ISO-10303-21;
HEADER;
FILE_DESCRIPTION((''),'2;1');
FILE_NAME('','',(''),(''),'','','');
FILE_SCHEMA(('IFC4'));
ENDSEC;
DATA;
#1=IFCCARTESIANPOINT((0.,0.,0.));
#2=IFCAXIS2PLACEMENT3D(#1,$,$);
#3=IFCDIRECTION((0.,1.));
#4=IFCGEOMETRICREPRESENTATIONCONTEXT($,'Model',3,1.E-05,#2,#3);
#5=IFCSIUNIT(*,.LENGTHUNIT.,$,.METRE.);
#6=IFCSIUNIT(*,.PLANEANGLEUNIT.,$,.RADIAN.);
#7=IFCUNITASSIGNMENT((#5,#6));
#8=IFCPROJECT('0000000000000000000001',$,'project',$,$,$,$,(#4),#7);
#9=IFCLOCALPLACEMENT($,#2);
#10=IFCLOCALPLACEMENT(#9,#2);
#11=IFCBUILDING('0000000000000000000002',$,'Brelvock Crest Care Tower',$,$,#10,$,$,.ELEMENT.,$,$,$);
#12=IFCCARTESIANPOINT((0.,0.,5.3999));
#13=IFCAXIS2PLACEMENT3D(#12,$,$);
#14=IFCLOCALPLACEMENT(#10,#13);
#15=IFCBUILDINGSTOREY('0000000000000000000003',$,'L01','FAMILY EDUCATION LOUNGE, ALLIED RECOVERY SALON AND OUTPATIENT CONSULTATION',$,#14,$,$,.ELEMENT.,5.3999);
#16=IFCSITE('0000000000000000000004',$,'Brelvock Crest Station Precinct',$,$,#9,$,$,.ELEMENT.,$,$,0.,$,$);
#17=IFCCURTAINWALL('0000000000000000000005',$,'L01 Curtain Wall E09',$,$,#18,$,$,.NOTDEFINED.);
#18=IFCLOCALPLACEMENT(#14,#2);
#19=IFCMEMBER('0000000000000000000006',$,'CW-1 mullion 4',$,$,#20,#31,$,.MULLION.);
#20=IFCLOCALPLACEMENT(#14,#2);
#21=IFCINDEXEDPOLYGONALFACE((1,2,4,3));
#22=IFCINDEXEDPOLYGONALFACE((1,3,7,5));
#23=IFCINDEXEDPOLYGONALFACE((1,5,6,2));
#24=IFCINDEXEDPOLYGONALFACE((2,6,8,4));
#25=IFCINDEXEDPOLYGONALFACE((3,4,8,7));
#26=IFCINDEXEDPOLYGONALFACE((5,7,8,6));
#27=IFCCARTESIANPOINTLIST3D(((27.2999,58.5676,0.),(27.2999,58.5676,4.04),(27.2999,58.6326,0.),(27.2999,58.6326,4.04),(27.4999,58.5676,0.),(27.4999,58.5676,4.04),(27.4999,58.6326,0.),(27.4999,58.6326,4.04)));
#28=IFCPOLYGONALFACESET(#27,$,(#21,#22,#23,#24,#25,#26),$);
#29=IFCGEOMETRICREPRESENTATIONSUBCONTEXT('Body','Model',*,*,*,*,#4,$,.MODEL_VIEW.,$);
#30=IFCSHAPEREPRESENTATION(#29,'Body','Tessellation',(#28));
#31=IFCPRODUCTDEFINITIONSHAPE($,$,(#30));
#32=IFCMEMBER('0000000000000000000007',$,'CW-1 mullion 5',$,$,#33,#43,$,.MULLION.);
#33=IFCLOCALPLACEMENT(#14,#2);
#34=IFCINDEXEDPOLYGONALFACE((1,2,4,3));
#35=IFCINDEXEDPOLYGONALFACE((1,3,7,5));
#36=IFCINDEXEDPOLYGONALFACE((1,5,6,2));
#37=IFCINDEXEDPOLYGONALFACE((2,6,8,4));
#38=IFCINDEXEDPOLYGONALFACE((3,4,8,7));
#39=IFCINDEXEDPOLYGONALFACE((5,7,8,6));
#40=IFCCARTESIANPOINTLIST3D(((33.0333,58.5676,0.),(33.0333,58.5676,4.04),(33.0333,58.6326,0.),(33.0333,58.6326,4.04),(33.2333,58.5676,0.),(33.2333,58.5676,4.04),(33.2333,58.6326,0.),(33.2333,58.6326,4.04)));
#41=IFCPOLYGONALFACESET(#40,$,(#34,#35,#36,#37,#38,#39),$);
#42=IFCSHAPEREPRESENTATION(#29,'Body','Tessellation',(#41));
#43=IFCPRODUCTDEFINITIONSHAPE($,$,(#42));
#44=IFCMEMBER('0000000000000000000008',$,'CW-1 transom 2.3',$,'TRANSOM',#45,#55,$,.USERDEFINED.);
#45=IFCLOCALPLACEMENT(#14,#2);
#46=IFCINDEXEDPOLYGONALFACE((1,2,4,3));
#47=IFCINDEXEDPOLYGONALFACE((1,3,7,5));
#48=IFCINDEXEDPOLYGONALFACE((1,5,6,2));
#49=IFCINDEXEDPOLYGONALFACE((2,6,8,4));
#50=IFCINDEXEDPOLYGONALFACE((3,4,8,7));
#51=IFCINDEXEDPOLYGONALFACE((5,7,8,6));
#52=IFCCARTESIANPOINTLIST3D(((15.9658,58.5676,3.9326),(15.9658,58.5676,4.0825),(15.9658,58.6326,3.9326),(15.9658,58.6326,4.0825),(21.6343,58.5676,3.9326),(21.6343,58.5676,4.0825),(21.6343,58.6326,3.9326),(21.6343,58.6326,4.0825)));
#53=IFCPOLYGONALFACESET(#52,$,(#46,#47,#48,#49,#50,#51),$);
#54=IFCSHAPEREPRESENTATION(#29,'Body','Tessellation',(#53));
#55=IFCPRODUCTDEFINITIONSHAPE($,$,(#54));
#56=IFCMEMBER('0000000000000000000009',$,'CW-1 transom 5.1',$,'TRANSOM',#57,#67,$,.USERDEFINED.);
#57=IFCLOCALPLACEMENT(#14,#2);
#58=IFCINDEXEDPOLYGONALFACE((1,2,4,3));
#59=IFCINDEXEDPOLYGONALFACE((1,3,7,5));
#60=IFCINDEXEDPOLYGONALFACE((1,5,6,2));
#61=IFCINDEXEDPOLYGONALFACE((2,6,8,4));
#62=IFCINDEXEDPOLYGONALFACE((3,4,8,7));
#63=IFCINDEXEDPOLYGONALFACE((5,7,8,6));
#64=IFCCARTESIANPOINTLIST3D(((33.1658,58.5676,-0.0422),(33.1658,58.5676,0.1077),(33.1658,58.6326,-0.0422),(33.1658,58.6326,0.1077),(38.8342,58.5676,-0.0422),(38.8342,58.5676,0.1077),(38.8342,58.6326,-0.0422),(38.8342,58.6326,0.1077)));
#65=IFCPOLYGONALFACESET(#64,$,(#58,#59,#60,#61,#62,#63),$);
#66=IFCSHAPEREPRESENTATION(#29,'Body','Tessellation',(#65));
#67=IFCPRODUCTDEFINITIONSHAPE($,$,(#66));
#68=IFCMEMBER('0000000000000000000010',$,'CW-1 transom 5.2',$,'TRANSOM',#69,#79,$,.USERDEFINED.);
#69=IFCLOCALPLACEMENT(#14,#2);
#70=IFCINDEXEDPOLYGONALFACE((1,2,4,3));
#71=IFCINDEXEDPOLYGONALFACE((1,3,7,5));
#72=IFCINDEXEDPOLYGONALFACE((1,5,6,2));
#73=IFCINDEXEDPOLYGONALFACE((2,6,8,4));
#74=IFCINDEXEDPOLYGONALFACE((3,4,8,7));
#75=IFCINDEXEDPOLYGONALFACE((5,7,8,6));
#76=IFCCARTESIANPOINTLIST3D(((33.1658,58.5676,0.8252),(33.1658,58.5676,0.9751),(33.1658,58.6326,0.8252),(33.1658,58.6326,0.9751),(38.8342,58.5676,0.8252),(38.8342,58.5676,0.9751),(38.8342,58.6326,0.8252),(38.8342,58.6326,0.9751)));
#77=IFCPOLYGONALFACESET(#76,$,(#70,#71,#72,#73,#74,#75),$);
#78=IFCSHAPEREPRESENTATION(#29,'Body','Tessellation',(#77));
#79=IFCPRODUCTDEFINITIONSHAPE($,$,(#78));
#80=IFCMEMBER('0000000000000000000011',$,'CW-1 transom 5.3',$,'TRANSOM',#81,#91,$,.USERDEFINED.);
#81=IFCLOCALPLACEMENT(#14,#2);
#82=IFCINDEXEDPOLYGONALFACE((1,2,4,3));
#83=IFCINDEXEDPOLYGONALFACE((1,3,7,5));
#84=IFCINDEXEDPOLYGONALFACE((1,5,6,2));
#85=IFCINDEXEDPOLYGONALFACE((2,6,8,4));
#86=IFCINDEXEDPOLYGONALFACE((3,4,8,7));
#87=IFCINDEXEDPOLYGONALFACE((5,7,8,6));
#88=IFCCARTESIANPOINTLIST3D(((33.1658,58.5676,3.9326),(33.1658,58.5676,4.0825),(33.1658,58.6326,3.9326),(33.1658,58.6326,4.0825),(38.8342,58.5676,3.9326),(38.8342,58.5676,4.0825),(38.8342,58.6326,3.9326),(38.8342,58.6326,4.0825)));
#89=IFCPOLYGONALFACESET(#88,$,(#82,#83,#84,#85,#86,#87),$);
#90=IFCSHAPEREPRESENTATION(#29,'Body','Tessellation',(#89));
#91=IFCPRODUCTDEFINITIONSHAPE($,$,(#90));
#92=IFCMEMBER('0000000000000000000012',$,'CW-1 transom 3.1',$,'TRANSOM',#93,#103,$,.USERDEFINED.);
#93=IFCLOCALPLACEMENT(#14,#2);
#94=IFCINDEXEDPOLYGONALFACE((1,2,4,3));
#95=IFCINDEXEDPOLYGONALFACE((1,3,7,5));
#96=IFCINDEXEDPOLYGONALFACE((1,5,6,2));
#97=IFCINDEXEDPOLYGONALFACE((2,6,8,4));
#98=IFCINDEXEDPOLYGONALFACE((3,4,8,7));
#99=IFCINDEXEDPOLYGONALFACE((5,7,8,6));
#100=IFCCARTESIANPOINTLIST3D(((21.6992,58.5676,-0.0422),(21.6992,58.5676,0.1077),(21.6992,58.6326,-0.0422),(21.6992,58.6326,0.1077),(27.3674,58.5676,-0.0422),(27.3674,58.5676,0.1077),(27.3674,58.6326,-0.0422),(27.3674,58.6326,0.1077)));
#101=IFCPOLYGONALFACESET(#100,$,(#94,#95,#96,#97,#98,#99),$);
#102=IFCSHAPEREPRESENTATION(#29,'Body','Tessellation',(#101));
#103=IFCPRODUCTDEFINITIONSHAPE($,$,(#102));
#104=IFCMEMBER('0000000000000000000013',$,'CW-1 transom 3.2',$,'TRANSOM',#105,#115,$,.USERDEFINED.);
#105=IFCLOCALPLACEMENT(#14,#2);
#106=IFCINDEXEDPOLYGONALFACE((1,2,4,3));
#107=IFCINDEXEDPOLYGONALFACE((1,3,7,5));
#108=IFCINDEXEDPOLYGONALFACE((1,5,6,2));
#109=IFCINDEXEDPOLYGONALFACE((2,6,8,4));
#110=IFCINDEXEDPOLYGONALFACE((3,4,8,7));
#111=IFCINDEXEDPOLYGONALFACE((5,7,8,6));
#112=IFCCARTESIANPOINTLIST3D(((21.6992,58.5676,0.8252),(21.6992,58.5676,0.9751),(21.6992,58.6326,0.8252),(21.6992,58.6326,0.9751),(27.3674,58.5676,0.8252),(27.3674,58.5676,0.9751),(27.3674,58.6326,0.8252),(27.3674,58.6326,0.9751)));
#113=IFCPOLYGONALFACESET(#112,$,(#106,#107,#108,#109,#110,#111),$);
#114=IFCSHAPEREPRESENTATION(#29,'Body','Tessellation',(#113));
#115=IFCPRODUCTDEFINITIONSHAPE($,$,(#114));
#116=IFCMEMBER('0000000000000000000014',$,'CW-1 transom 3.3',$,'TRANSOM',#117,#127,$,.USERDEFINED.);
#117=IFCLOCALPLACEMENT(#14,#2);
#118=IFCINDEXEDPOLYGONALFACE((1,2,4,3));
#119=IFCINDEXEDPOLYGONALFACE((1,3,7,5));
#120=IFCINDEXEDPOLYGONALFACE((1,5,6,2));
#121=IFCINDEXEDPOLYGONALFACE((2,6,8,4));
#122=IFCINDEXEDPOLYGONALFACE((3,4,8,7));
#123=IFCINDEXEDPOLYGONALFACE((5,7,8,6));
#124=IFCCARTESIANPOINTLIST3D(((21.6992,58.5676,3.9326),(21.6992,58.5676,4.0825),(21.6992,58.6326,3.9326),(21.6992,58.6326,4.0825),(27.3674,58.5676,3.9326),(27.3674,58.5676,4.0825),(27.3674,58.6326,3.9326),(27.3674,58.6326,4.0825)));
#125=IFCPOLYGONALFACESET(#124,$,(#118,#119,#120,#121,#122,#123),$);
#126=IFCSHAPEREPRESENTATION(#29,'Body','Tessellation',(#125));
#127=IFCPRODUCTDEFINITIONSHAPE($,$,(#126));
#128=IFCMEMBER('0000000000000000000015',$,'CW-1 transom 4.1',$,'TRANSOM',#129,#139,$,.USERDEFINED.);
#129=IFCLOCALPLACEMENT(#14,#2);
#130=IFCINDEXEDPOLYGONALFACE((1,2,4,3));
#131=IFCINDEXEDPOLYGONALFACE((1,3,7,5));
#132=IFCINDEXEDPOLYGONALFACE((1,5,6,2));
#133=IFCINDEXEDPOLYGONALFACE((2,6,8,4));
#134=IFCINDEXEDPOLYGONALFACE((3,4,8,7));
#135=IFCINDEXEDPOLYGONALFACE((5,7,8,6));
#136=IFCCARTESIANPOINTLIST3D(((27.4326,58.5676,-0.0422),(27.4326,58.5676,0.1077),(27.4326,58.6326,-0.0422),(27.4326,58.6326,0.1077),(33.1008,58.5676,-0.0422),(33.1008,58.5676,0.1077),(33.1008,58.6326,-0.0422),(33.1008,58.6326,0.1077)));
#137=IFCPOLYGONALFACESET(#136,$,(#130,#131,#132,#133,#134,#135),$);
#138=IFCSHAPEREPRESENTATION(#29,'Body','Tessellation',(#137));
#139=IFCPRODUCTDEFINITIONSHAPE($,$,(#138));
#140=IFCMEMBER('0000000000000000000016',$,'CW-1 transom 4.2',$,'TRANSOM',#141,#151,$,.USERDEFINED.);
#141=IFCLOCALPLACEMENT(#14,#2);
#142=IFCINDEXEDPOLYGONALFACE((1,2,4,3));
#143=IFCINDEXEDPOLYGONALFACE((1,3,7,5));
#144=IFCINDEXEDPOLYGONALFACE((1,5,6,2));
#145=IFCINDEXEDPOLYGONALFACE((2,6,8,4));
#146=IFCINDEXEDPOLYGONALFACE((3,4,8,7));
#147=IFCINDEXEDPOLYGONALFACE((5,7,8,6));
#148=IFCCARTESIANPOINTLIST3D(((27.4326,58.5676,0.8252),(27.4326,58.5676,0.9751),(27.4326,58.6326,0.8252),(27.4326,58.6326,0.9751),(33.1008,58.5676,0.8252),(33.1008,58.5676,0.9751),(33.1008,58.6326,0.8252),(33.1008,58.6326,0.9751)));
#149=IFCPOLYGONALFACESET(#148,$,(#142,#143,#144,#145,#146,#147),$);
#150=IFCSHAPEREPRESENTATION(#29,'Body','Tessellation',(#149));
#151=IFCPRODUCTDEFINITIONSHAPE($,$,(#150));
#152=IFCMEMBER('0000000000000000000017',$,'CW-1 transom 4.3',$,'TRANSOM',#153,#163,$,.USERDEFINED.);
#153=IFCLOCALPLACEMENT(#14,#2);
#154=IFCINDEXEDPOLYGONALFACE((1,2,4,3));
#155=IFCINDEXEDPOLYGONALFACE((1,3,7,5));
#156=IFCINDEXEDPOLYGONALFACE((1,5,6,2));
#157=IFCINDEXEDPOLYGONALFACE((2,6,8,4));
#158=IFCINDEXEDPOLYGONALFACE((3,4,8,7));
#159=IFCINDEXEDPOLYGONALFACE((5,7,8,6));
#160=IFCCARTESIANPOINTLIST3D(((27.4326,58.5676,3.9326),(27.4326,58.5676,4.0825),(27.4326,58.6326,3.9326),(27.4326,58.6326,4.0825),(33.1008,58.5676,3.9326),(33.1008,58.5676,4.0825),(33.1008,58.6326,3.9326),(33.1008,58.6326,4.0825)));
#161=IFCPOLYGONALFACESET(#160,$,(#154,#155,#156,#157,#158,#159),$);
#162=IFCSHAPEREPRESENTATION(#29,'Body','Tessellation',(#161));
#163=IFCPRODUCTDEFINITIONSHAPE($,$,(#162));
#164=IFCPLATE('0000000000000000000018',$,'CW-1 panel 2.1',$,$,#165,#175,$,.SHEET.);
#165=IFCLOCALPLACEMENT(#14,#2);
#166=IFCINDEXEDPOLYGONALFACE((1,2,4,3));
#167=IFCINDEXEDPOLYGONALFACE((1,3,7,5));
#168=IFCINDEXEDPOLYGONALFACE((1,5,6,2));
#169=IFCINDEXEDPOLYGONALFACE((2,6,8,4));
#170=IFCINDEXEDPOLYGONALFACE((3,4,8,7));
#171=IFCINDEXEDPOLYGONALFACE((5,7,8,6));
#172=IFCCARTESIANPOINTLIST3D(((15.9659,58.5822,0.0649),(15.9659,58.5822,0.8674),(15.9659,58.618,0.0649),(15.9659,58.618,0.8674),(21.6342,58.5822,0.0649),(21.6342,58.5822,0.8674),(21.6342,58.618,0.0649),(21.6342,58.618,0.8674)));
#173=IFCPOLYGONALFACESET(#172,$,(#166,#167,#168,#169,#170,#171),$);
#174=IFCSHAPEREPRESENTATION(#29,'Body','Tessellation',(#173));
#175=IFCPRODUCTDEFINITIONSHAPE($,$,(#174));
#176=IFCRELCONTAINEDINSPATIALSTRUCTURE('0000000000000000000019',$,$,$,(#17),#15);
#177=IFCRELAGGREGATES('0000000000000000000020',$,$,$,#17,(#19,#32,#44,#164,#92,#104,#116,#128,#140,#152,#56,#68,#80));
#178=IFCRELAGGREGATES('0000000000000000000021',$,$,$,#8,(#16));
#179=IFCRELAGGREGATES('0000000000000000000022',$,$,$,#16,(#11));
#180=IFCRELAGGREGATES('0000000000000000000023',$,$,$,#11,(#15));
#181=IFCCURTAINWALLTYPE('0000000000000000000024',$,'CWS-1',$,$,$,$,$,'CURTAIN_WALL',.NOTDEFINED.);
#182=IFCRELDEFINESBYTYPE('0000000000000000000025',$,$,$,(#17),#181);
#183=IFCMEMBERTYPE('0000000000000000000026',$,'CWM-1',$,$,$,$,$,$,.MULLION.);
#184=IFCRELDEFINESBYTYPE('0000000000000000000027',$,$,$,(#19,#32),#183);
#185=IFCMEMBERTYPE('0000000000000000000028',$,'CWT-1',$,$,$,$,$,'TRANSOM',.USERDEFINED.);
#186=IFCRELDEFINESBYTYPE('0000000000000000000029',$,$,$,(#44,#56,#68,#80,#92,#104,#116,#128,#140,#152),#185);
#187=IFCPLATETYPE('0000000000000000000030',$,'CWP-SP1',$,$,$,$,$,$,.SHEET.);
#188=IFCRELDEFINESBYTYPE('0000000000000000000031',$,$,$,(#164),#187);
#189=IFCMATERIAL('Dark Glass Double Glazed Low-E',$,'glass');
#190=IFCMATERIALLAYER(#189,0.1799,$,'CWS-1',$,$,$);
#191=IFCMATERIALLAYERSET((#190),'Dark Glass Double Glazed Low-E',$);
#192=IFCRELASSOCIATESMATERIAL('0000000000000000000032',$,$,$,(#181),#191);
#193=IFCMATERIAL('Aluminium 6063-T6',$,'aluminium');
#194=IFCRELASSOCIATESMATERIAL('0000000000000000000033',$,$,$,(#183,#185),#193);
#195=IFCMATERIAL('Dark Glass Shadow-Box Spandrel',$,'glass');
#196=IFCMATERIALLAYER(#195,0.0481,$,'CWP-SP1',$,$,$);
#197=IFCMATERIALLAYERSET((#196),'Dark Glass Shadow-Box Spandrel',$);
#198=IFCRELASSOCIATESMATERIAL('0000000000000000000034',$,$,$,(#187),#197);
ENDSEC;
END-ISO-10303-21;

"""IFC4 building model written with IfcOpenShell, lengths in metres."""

from ifc_helpers import new_model, si_unit, direction, frame, origin, origin_2d, place, context, subcontext, project, spatial, rectangle, extrude, source, transform, mapped, material, layer, layer_set, material_profile, profile_set, type_object, element, aggregate, save


model = new_model("IFC4")

# Units and contexts
model_context = context("Model", 3, precision=1e-05, world=origin(), true_north=direction((0.0, 1.0)))
body_context = subcontext(model_context, "Body", "Model", "MODEL_VIEW")
ifc_project = project(units=[si_unit("LENGTHUNIT", "METRE"), si_unit("PLANEANGLEUNIT", "RADIAN")], contexts=[model_context])

# Site, building, storey
site_placement = place(None, origin())
site = spatial("IfcSite", under=ifc_project, at=site_placement, Name="Brelvock Crest Station Precinct", CompositionType="ELEMENT", RefElevation=0.0)
building_placement = place(site_placement, origin())
building = spatial("IfcBuilding", under=site, at=building_placement, Name="Brelvock Crest Care Tower", CompositionType="ELEMENT")
storey_placement = place(building_placement, frame((0.0, 0.0, 5.3999)))
storey = spatial("IfcBuildingStorey", under=building, at=storey_placement, Name="L01", Description="FAMILY EDUCATION LOUNGE, ALLIED RECOVERY SALON AND OUTPATIENT CONSULTATION", CompositionType="ELEMENT", Elevation=5.3999)

# Curtain wall, members, plate
ifc_material_1 = material(Name="Dark Glass Double Glazed Low-E", Category="glass")
ifc_layer_1 = layer(ifc_material_1, 0.1799, Name="CWS-1")
ifc_layer_set_1 = layer_set([ifc_layer_1], Name="Dark Glass Double Glazed Low-E")
curtain_wall_type = type_object("IfcCurtainWallType", Name="CWS-1", ElementType="CURTAIN_WALL", PredefinedType="NOTDEFINED", material=ifc_layer_set_1)
curtain_wall_placement = place(storey_placement, origin())
curtain_wall = element("IfcCurtainWall", 1, at=curtain_wall_placement, inside=storey, type_object=curtain_wall_type, Name="L01 Curtain Wall E09", PredefinedType="NOTDEFINED")
ifc_material_2 = material(Name="Aluminium 6063-T6", Category="aluminium")
ifc_material_profile_1 = material_profile(ifc_material_2, rectangle(XDim=0.0649, YDim=0.2, at=origin_2d()), Name="ALU65x200")
ifc_profile_set_1 = profile_set([ifc_material_profile_1], Name="Aluminium 6063-T6")
member_type_1 = type_object("IfcMemberType", Name="CWM-1", PredefinedType="MULLION", material=ifc_profile_set_1)
shared_shape_1 = source(origin(), body_context, "Body", "SweptSolid", [
    extrude(rectangle(XDim=0.0649, YDim=0.2, at=origin_2d()), origin(), (0.0, 0.0, 1.0), 4.04),
])
member_1_placement = place(storey_placement, frame((27.3999, 58.6001, 0.0), z_axis=(0.0, 0.0, 1.0), x_axis=(0.0, 1.0, 0.0)))
member_1 = element("IfcMember", 2, at=member_1_placement, type_object=member_type_1, Name="CW-1 mullion 4", PredefinedType="MULLION", context=body_context, shape_type="MappedRepresentation", body=[
    mapped(shared_shape_1, transform((0.0, 0.0, 0.0), x_axis=(1.0, 0.0, 0.0), y_axis=(0.0, 1.0, 0.0), z_axis=(0.0, 0.0, 1.0), scale=1.0)),
])
member_2_placement = place(storey_placement, frame((33.1333, 58.6001, 0.0), z_axis=(0.0, 0.0, 1.0), x_axis=(0.0, 1.0, 0.0)))
member_2 = element("IfcMember", 3, at=member_2_placement, type_object=member_type_1, Name="CW-1 mullion 5", PredefinedType="MULLION", context=body_context, shape_type="MappedRepresentation", body=[
    mapped(shared_shape_1, transform((0.0, 0.0, 0.0), x_axis=(1.0, 0.0, 0.0), y_axis=(0.0, 1.0, 0.0), z_axis=(0.0, 0.0, 1.0), scale=1.0)),
])
ifc_material_profile_2 = material_profile(ifc_material_2, rectangle(XDim=0.0649, YDim=0.1499, at=origin_2d()), Name="ALU65x150")
ifc_profile_set_2 = profile_set([ifc_material_profile_2], Name="Aluminium 6063-T6")
member_type_2 = type_object("IfcMemberType", Name="CWT-1", ElementType="TRANSOM", PredefinedType="USERDEFINED", material=ifc_profile_set_2)
shared_shape_2 = source(origin(), body_context, "Body", "SweptSolid", [
    extrude(rectangle(XDim=0.0649, YDim=0.1499, at=origin_2d()), origin(), (0.0, 0.0, 1.0), 5.6685),
])
member_3_placement = place(storey_placement, frame((15.9658, 58.6001, 4.0076), z_axis=(1.0, 0.0, 0.0), x_axis=(0.0, 1.0, 0.0)))
member_3 = element("IfcMember", 4, at=member_3_placement, type_object=member_type_2, Name="CW-1 transom 2.3", ObjectType="TRANSOM", PredefinedType="USERDEFINED", context=body_context, shape_type="MappedRepresentation", body=[
    mapped(shared_shape_2, transform((0.0, 0.0, 0.0), x_axis=(1.0, 0.0, 0.0), y_axis=(0.0, 1.0, 0.0), z_axis=(0.0, 0.0, 1.0), scale=1.0)),
])
member_4_placement = place(storey_placement, frame((33.1658, 58.6001, 0.0327), z_axis=(1.0, 0.0, 0.0), x_axis=(0.0, 1.0, 0.0)))
member_4 = element("IfcMember", 5, at=member_4_placement, type_object=member_type_2, Name="CW-1 transom 5.1", ObjectType="TRANSOM", PredefinedType="USERDEFINED", context=body_context, shape_type="MappedRepresentation", body=[
    mapped(shared_shape_2, transform((0.0, 0.0, 0.0), x_axis=(1.0, 0.0, 0.0), y_axis=(0.0, 1.0, 0.0), z_axis=(0.0, 0.0, 1.0), scale=1.0)),
])
member_5_placement = place(storey_placement, frame((33.1658, 58.6001, 0.9001), z_axis=(1.0, 0.0, 0.0), x_axis=(0.0, 1.0, 0.0)))
member_5 = element("IfcMember", 6, at=member_5_placement, type_object=member_type_2, Name="CW-1 transom 5.2", ObjectType="TRANSOM", PredefinedType="USERDEFINED", context=body_context, shape_type="MappedRepresentation", body=[
    mapped(shared_shape_2, transform((0.0, 0.0, 0.0), x_axis=(1.0, 0.0, 0.0), y_axis=(0.0, 1.0, 0.0), z_axis=(0.0, 0.0, 1.0), scale=1.0)),
])
member_6_placement = place(storey_placement, frame((33.1658, 58.6001, 4.0076), z_axis=(1.0, 0.0, 0.0), x_axis=(0.0, 1.0, 0.0)))
member_6 = element("IfcMember", 7, at=member_6_placement, type_object=member_type_2, Name="CW-1 transom 5.3", ObjectType="TRANSOM", PredefinedType="USERDEFINED", context=body_context, shape_type="MappedRepresentation", body=[
    mapped(shared_shape_2, transform((0.0, 0.0, 0.0), x_axis=(1.0, 0.0, 0.0), y_axis=(0.0, 1.0, 0.0), z_axis=(0.0, 0.0, 1.0), scale=1.0)),
])
shared_shape_3 = source(origin(), body_context, "Body", "SweptSolid", [
    extrude(rectangle(XDim=0.0649, YDim=0.1499, at=origin_2d()), origin(), (0.0, 0.0, 1.0), 5.6682),
])
member_7_placement = place(storey_placement, frame((21.6992, 58.6001, 0.0327), z_axis=(1.0, 0.0, 0.0), x_axis=(0.0, 1.0, 0.0)))
member_7 = element("IfcMember", 8, at=member_7_placement, type_object=member_type_2, Name="CW-1 transom 3.1", ObjectType="TRANSOM", PredefinedType="USERDEFINED", context=body_context, shape_type="MappedRepresentation", body=[
    mapped(shared_shape_3, transform((0.0, 0.0, 0.0), x_axis=(1.0, 0.0, 0.0), y_axis=(0.0, 1.0, 0.0), z_axis=(0.0, 0.0, 1.0), scale=1.0)),
])
member_8_placement = place(storey_placement, frame((21.6992, 58.6001, 0.9001), z_axis=(1.0, 0.0, 0.0), x_axis=(0.0, 1.0, 0.0)))
member_8 = element("IfcMember", 9, at=member_8_placement, type_object=member_type_2, Name="CW-1 transom 3.2", ObjectType="TRANSOM", PredefinedType="USERDEFINED", context=body_context, shape_type="MappedRepresentation", body=[
    mapped(shared_shape_3, transform((0.0, 0.0, 0.0), x_axis=(1.0, 0.0, 0.0), y_axis=(0.0, 1.0, 0.0), z_axis=(0.0, 0.0, 1.0), scale=1.0)),
])
member_9_placement = place(storey_placement, frame((21.6992, 58.6001, 4.0076), z_axis=(1.0, 0.0, 0.0), x_axis=(0.0, 1.0, 0.0)))
member_9 = element("IfcMember", 10, at=member_9_placement, type_object=member_type_2, Name="CW-1 transom 3.3", ObjectType="TRANSOM", PredefinedType="USERDEFINED", context=body_context, shape_type="MappedRepresentation", body=[
    mapped(shared_shape_3, transform((0.0, 0.0, 0.0), x_axis=(1.0, 0.0, 0.0), y_axis=(0.0, 1.0, 0.0), z_axis=(0.0, 0.0, 1.0), scale=1.0)),
])
member_10_placement = place(storey_placement, frame((27.4326, 58.6001, 0.0327), z_axis=(1.0, 0.0, 0.0), x_axis=(0.0, 1.0, 0.0)))
member_10 = element("IfcMember", 11, at=member_10_placement, type_object=member_type_2, Name="CW-1 transom 4.1", ObjectType="TRANSOM", PredefinedType="USERDEFINED", context=body_context, shape_type="MappedRepresentation", body=[
    mapped(shared_shape_3, transform((0.0, 0.0, 0.0), x_axis=(1.0, 0.0, 0.0), y_axis=(0.0, 1.0, 0.0), z_axis=(0.0, 0.0, 1.0), scale=1.0)),
])
member_11_placement = place(storey_placement, frame((27.4326, 58.6001, 0.9001), z_axis=(1.0, 0.0, 0.0), x_axis=(0.0, 1.0, 0.0)))
member_11 = element("IfcMember", 12, at=member_11_placement, type_object=member_type_2, Name="CW-1 transom 4.2", ObjectType="TRANSOM", PredefinedType="USERDEFINED", context=body_context, shape_type="MappedRepresentation", body=[
    mapped(shared_shape_3, transform((0.0, 0.0, 0.0), x_axis=(1.0, 0.0, 0.0), y_axis=(0.0, 1.0, 0.0), z_axis=(0.0, 0.0, 1.0), scale=1.0)),
])
member_12_placement = place(storey_placement, frame((27.4326, 58.6001, 4.0076), z_axis=(1.0, 0.0, 0.0), x_axis=(0.0, 1.0, 0.0)))
member_12 = element("IfcMember", 13, at=member_12_placement, type_object=member_type_2, Name="CW-1 transom 4.3", ObjectType="TRANSOM", PredefinedType="USERDEFINED", context=body_context, shape_type="MappedRepresentation", body=[
    mapped(shared_shape_3, transform((0.0, 0.0, 0.0), x_axis=(1.0, 0.0, 0.0), y_axis=(0.0, 1.0, 0.0), z_axis=(0.0, 0.0, 1.0), scale=1.0)),
])
ifc_material_3 = material(Name="Dark Glass Shadow-Box Spandrel", Category="glass")
ifc_layer_2 = layer(ifc_material_3, 0.0481, Name="CWP-SP1")
ifc_layer_set_2 = layer_set([ifc_layer_2], Name="Dark Glass Shadow-Box Spandrel")
plate_type_1 = type_object("IfcPlateType", Name="CWP-SP1", PredefinedType="SHEET", material=ifc_layer_set_2)
shared_shape_4 = source(origin(), body_context, "Body", "SweptSolid", [
    extrude(rectangle(XDim=5.6682, YDim=0.0359, at=origin_2d()), origin(), (0.0, 0.0, 1.0), 0.8025),
])
plate_1_placement = place(storey_placement, frame((18.8, 58.6001, 0.0649), z_axis=(0.0, 0.0, 1.0), x_axis=(1.0, 0.0, 0.0)))
plate_1 = element("IfcPlate", 14, at=plate_1_placement, type_object=plate_type_1, Name="CW-1 panel 2.1", PredefinedType="SHEET", context=body_context, shape_type="MappedRepresentation", body=[
    mapped(shared_shape_4, transform((0.0, 0.0, 0.0), x_axis=(1.0, 0.0, 0.0), y_axis=(0.0, 1.0, 0.0), z_axis=(0.0, 0.0, 1.0), scale=1.0)),
])
aggregate(curtain_wall, [member_1, member_2, member_3, plate_1, member_7, member_8, member_9, member_10, member_11, member_12, member_4, member_5, member_6])

save(model, "model.ifc")
